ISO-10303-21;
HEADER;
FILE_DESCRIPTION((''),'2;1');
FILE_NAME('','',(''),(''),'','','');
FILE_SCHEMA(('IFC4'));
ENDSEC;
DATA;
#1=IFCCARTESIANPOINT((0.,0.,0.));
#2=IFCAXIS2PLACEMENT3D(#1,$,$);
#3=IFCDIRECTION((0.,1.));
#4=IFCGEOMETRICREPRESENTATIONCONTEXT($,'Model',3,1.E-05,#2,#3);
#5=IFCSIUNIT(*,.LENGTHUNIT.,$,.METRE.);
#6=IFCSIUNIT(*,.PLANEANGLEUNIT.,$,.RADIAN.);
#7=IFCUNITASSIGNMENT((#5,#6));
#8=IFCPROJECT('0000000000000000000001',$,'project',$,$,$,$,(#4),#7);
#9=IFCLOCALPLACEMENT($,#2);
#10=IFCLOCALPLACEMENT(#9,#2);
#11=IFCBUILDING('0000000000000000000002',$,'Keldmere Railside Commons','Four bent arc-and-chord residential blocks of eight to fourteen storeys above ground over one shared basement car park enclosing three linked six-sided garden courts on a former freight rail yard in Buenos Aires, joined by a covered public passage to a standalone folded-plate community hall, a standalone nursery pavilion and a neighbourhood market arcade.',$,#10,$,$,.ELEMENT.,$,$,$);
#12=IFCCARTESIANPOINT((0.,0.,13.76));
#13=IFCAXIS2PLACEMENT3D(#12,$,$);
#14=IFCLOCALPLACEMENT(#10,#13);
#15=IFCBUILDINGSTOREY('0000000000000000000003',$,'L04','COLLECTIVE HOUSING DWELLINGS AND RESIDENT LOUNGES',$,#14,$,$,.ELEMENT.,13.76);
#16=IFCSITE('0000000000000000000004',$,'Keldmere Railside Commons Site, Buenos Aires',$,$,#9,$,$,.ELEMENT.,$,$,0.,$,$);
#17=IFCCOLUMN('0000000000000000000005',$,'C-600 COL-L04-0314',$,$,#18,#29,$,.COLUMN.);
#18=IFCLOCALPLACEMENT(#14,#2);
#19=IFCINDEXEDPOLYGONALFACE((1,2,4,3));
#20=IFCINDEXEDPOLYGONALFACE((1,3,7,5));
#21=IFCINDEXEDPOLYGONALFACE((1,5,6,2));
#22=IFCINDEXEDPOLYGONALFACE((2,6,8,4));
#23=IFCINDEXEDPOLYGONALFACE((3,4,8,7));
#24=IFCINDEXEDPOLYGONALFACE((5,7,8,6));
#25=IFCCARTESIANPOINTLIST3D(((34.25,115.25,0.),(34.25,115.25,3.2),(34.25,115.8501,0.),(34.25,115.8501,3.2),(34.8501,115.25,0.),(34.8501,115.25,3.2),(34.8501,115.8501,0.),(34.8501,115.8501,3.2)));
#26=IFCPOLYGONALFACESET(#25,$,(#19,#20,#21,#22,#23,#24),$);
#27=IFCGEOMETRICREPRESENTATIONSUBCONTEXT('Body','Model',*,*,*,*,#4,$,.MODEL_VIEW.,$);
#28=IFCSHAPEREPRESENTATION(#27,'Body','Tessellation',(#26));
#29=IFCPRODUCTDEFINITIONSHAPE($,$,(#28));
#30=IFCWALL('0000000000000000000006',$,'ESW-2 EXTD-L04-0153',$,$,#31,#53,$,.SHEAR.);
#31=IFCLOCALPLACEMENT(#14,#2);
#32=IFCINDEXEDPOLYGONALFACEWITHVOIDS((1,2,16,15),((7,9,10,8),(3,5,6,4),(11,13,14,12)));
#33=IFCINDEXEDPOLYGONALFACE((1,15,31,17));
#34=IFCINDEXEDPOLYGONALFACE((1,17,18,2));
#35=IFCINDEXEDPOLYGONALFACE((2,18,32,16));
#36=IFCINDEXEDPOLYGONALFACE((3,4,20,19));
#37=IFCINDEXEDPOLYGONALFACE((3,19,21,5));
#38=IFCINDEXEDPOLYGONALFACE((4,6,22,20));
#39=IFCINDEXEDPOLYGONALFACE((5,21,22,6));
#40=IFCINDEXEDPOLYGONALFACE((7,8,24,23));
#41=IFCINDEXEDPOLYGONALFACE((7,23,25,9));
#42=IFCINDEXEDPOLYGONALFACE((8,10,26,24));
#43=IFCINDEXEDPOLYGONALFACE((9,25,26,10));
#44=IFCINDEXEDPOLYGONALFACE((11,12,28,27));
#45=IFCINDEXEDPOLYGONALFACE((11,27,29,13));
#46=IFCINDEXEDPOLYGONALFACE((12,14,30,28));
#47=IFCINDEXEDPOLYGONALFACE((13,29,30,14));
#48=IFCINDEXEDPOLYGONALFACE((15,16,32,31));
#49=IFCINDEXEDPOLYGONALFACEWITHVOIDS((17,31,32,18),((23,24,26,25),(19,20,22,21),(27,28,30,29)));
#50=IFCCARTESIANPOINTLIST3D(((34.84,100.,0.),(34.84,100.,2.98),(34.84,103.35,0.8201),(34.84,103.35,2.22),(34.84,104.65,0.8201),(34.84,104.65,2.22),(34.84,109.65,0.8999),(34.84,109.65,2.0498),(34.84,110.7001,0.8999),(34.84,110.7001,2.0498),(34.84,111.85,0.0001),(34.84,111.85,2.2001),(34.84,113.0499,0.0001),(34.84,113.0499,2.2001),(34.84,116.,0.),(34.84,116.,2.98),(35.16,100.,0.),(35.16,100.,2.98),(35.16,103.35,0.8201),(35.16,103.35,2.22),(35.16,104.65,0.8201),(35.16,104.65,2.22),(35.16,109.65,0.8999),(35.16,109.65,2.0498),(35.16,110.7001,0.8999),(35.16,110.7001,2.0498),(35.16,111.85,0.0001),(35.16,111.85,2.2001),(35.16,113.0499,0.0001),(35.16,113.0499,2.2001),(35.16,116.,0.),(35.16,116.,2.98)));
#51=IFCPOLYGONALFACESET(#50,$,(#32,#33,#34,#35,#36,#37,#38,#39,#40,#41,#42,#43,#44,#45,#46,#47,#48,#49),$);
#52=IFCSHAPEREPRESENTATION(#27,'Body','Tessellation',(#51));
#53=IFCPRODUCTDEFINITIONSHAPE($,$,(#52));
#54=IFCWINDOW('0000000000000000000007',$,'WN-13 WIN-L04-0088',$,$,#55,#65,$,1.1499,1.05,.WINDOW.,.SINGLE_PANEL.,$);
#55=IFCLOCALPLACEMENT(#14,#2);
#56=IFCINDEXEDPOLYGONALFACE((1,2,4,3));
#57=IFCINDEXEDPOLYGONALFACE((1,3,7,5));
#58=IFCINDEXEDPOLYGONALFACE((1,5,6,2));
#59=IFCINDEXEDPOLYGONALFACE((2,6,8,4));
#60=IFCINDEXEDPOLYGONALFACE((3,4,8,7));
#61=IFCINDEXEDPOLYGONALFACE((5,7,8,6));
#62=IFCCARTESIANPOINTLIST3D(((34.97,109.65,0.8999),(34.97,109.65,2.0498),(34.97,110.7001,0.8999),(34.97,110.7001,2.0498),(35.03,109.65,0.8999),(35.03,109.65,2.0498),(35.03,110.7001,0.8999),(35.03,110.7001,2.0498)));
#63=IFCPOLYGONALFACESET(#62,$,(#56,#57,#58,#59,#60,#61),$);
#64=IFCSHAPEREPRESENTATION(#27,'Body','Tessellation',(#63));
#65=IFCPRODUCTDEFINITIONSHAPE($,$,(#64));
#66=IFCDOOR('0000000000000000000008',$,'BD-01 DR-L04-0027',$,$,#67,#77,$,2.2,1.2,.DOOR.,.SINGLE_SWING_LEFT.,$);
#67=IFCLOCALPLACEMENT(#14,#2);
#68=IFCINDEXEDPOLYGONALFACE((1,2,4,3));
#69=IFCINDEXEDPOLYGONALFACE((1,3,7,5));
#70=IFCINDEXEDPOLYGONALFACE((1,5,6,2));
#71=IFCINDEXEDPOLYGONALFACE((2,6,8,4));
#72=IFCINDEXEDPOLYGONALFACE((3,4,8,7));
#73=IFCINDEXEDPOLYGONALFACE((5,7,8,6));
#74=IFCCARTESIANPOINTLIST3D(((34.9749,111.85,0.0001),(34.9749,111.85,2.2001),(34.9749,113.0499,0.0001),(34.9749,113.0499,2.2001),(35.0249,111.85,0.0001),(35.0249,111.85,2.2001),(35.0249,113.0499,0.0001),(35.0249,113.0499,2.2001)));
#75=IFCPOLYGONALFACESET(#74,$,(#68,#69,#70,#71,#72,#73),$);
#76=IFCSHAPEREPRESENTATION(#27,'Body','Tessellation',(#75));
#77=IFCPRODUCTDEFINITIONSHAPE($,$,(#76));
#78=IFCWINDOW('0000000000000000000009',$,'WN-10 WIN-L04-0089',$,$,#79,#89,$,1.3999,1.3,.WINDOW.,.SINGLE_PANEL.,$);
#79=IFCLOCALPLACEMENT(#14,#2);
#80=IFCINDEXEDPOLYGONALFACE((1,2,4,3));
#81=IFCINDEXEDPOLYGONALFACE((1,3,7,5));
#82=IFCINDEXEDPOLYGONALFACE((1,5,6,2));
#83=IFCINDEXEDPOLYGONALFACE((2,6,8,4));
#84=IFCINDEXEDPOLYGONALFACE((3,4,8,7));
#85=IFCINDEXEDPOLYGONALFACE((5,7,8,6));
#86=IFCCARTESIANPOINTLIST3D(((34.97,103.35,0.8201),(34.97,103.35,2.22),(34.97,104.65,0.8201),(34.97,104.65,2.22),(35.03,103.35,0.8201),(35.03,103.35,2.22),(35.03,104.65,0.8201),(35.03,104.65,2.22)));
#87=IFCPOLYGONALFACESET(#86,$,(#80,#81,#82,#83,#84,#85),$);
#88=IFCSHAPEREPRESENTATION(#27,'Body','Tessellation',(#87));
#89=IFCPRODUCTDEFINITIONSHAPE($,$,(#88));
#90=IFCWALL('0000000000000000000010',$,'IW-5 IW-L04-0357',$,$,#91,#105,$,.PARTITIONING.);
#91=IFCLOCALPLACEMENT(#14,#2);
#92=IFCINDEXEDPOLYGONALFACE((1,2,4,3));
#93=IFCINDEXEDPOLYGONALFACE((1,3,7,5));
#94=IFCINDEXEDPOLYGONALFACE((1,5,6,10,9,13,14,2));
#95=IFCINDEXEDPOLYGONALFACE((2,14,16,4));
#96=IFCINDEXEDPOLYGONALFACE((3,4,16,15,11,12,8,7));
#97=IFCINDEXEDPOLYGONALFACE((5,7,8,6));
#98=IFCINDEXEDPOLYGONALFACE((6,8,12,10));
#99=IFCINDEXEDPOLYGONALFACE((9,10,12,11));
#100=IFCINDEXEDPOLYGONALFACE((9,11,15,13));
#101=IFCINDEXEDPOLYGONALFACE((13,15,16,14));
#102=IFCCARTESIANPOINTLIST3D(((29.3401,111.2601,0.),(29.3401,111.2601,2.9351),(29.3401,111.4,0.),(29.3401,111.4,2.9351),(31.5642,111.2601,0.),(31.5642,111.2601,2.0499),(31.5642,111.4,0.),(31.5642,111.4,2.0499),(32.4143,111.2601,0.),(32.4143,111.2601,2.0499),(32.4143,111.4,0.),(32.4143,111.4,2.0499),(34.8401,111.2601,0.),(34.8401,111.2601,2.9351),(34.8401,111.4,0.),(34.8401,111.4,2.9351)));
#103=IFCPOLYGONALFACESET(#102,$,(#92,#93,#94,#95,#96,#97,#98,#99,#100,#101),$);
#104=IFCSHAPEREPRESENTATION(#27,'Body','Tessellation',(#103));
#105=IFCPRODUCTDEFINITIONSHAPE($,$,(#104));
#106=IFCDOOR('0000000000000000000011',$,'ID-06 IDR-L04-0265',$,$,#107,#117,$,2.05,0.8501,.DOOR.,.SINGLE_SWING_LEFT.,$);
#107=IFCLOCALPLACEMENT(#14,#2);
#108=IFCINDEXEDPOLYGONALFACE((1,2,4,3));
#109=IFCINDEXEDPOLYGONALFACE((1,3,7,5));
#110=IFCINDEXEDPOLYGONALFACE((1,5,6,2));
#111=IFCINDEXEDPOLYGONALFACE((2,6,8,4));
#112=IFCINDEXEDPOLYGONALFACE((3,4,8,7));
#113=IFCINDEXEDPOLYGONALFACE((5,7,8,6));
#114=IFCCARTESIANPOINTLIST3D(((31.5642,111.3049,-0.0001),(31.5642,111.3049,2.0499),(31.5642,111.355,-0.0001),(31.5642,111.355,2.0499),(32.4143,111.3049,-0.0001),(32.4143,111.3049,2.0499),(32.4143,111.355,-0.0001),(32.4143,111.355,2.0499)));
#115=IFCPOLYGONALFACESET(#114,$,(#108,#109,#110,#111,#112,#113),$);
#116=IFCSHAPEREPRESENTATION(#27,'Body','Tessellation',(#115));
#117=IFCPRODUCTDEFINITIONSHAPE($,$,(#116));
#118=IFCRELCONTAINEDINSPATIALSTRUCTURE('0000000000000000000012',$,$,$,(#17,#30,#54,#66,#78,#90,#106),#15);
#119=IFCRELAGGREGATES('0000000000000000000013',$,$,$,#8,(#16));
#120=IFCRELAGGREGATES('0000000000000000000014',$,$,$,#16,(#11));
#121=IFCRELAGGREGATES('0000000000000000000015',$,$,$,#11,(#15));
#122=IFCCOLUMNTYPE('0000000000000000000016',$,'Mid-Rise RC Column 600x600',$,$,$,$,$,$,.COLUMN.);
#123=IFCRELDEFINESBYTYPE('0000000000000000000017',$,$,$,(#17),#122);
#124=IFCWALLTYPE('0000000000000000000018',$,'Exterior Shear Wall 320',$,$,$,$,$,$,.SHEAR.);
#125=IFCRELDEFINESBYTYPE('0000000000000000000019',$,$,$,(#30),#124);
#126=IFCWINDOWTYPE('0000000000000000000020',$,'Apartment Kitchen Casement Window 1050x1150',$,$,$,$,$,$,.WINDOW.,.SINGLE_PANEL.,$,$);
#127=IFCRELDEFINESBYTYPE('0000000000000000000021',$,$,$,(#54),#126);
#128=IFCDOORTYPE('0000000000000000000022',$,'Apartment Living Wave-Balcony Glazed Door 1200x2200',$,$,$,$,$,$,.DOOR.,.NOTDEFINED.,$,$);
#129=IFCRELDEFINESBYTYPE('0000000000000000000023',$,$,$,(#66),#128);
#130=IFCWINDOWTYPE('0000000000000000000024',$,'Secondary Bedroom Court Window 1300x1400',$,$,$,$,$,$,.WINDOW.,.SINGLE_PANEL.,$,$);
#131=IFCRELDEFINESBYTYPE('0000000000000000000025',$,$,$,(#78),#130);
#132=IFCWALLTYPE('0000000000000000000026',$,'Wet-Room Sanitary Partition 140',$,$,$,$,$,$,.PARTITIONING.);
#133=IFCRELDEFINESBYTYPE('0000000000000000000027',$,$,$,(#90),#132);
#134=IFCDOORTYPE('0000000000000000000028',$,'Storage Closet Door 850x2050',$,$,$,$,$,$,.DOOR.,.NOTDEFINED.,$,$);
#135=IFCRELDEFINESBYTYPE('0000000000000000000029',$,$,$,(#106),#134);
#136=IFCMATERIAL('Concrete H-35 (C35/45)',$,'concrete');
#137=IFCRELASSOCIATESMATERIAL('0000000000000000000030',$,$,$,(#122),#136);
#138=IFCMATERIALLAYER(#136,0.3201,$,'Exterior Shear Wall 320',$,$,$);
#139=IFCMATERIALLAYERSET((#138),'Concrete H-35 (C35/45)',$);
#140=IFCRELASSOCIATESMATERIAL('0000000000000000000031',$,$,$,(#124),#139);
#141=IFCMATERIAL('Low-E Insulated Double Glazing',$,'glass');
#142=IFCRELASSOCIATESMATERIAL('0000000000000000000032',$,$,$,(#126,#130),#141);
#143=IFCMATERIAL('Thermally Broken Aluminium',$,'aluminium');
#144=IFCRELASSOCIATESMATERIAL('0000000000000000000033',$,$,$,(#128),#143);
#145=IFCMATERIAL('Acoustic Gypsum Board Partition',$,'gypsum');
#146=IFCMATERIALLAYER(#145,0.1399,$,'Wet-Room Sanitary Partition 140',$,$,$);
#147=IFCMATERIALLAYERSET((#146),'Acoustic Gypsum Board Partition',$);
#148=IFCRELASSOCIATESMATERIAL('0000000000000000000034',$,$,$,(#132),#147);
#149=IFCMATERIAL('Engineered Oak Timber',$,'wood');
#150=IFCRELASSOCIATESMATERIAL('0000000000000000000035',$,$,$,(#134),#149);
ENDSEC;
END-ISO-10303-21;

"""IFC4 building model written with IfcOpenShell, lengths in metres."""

from ifc_helpers import new_model, si_unit, direction, frame, frame_2d, origin, origin_2d, place, context, subcontext, project, spatial, rectangle, extrude, material, layer, layer_set, material_profile, profile_set, type_object, element, fill, save


model = new_model("IFC4")

# Units and contexts
model_context = context("Model", 3, precision=1e-05, world=origin(), true_north=direction((0.0, 1.0)))
body_context = subcontext(model_context, "Body", "Model", "MODEL_VIEW")
ifc_project = project(units=[si_unit("LENGTHUNIT", "METRE"), si_unit("PLANEANGLEUNIT", "RADIAN")], contexts=[model_context])

# Site, building, storey
site_placement = place(None, origin())
site = spatial("IfcSite", under=ifc_project, at=site_placement, Name="Keldmere Railside Commons Site, Buenos Aires", CompositionType="ELEMENT", RefElevation=0.0)
building_placement = place(site_placement, origin())
building = spatial("IfcBuilding", under=site, at=building_placement, Name="Keldmere Railside Commons", Description="Four bent arc-and-chord residential blocks of eight to fourteen storeys above ground over one shared basement car park enclosing three linked six-sided garden courts on a former freight rail yard in Buenos Aires, joined by a covered public passage to a standalone folded-plate community hall, a standalone nursery pavilion and a neighbourhood market arcade.", CompositionType="ELEMENT")
storey_placement = place(building_placement, frame((0.0, 0.0, 13.76)))
storey = spatial("IfcBuildingStorey", under=building, at=storey_placement, Name="L04", Description="COLLECTIVE HOUSING DWELLINGS AND RESIDENT LOUNGES", CompositionType="ELEMENT", Elevation=13.76)

# Column
ifc_material_1 = material(Name="Concrete H-35 (C35/45)", Category="concrete")
ifc_material_profile = material_profile(ifc_material_1, rectangle(XDim=0.6001, YDim=0.6001, at=origin_2d()), Name="RC-600x600")
ifc_profile_set = profile_set([ifc_material_profile], Name="Concrete H-35 (C35/45)")
column_type = type_object("IfcColumnType", Name="Mid-Rise RC Column 600x600", PredefinedType="COLUMN", material=ifc_profile_set)
column_placement = place(storey_placement, frame((34.55, 115.55, 0.0), z_axis=(0.0, 0.0, 1.0), x_axis=(1.0, 0.0, 0.0)))
element("IfcColumn", 1, at=column_placement, inside=storey, type_object=column_type, Name="C-600 COL-L04-0314", PredefinedType="COLUMN", context=body_context, shape_type="SweptSolid", body=[
    extrude(rectangle(XDim=0.6001, YDim=0.6001, at=origin_2d()), origin(), (0.0, 0.0, 1.0), 3.2),
])

# Wall, openings, windows, door
ifc_layer_1 = layer(ifc_material_1, 0.3201, Name="Exterior Shear Wall 320")
ifc_layer_set_1 = layer_set([ifc_layer_1], Name="Concrete H-35 (C35/45)")
wall_type_1 = type_object("IfcWallType", Name="Exterior Shear Wall 320", PredefinedType="SHEAR", material=ifc_layer_set_1)
wall_1_placement = place(storey_placement, frame((35.0, 116.0, 0.0), z_axis=(0.0, 0.0, 1.0), x_axis=(0.0, -1.0, 0.0)))
wall_1 = element("IfcWall", 2, at=wall_1_placement, inside=storey, type_object=wall_type_1, Name="ESW-2 EXTD-L04-0153", PredefinedType="SHEAR", context=body_context, shape_type="SweptSolid", body=[
    extrude(rectangle(XDim=16.0, YDim=0.3201, at=frame_2d((8.0, 0.0))), origin(), (0.0, 0.0, 1.0), 2.98),
])
opening_1_placement = place(wall_1_placement, frame((2.95, 0.0, 0.0)))
opening_1 = element("IfcOpeningElement", 3, at=opening_1_placement, cuts=wall_1, PredefinedType="OPENING", context=body_context, shape_type="SweptSolid", body=[
    extrude(rectangle(XDim=1.2, YDim=2.2, at=frame_2d((0.6001, 1.1001))), frame((0.0, 0.1699, 0.0), z_axis=(0.0, -1.0, 0.0), x_axis=(1.0, 0.0, 0.0)), (0.0, 0.0, 1.0), 0.3401),
])
opening_2_placement = place(wall_1_placement, frame((5.3, 0.0, 0.8999)))
opening_2 = element("IfcOpeningElement", 4, at=opening_2_placement, cuts=wall_1, PredefinedType="OPENING", context=body_context, shape_type="SweptSolid", body=[
    extrude(rectangle(XDim=1.05, YDim=1.1499, at=frame_2d((0.5249, 0.575))), frame((0.0, 0.1699, 0.0), z_axis=(0.0, -1.0, 0.0), x_axis=(1.0, 0.0, 0.0)), (0.0, 0.0, 1.0), 0.3401),
])
opening_3_placement = place(wall_1_placement, frame((11.3501, 0.0, 0.8201)))
opening_3 = element("IfcOpeningElement", 5, at=opening_3_placement, cuts=wall_1, PredefinedType="OPENING", context=body_context, shape_type="SweptSolid", body=[
    extrude(rectangle(XDim=1.3, YDim=1.3999, at=frame_2d((0.6499, 0.7))), frame((0.0, 0.1699, 0.0), z_axis=(0.0, -1.0, 0.0), x_axis=(1.0, 0.0, 0.0)), (0.0, 0.0, 1.0), 0.3401),
])
ifc_material_2 = material(Name="Low-E Insulated Double Glazing", Category="glass")
window_type_1 = type_object("IfcWindowType", Name="Apartment Kitchen Casement Window 1050x1150", PartitioningType="SINGLE_PANEL", PredefinedType="WINDOW", material=ifc_material_2)
window_1_placement = place(opening_2_placement, origin())
window_1 = element("IfcWindow", 6, at=window_1_placement, inside=storey, type_object=window_type_1, Name="WN-13 WIN-L04-0088", OverallHeight=1.1499, OverallWidth=1.05, PartitioningType="SINGLE_PANEL", PredefinedType="WINDOW", context=body_context, shape_type="SweptSolid", body=[
    extrude(rectangle(XDim=1.05, YDim=1.1499, at=frame_2d((0.5249, 0.575))), frame((0.0, 0.03, 0.0), z_axis=(0.0, -1.0, 0.0), x_axis=(1.0, 0.0, 0.0)), (0.0, 0.0, 1.0), 0.0601),
])
fill(opening_2, window_1)
ifc_material_3 = material(Name="Thermally Broken Aluminium", Category="aluminium")
door_type_1 = type_object("IfcDoorType", Name="Apartment Living Wave-Balcony Glazed Door 1200x2200", OperationType="NOTDEFINED", PredefinedType="DOOR", material=ifc_material_3)
door_1_placement = place(opening_1_placement, origin())
door_1 = element("IfcDoor", 7, at=door_1_placement, inside=storey, type_object=door_type_1, Name="BD-01 DR-L04-0027", OperationType="SINGLE_SWING_LEFT", OverallHeight=2.2, OverallWidth=1.2, PredefinedType="DOOR", context=body_context, shape_type="SweptSolid", body=[
    extrude(rectangle(XDim=1.2, YDim=2.2, at=frame_2d((0.6001, 1.1001))), frame((0.0, 0.0249, 0.0), z_axis=(0.0, -1.0, 0.0), x_axis=(1.0, 0.0, 0.0)), (0.0, 0.0, 1.0), 0.05),
])
fill(opening_1, door_1)
window_type_2 = type_object("IfcWindowType", Name="Secondary Bedroom Court Window 1300x1400", PartitioningType="SINGLE_PANEL", PredefinedType="WINDOW", material=ifc_material_2)
window_2_placement = place(opening_3_placement, origin())
window_2 = element("IfcWindow", 8, at=window_2_placement, inside=storey, type_object=window_type_2, Name="WN-10 WIN-L04-0089", OverallHeight=1.3999, OverallWidth=1.3, PartitioningType="SINGLE_PANEL", PredefinedType="WINDOW", context=body_context, shape_type="SweptSolid", body=[
    extrude(rectangle(XDim=1.3, YDim=1.3999, at=frame_2d((0.6499, 0.7))), frame((0.0, 0.03, 0.0), z_axis=(0.0, -1.0, 0.0), x_axis=(1.0, 0.0, 0.0)), (0.0, 0.0, 1.0), 0.0601),
])
fill(opening_3, window_2)

# Wall, opening, door
ifc_material_4 = material(Name="Acoustic Gypsum Board Partition", Category="gypsum")
ifc_layer_2 = layer(ifc_material_4, 0.1399, Name="Wet-Room Sanitary Partition 140")
ifc_layer_set_2 = layer_set([ifc_layer_2], Name="Acoustic Gypsum Board Partition")
wall_type_2 = type_object("IfcWallType", Name="Wet-Room Sanitary Partition 140", PredefinedType="PARTITIONING", material=ifc_layer_set_2)
wall_2_placement = place(storey_placement, frame((29.3401, 111.3301, 0.0), z_axis=(0.0, 0.0, 1.0), x_axis=(1.0, 0.0, 0.0)))
wall_2 = element("IfcWall", 9, at=wall_2_placement, inside=storey, type_object=wall_type_2, Name="IW-5 IW-L04-0357", PredefinedType="PARTITIONING", context=body_context, shape_type="SweptSolid", body=[
    extrude(rectangle(XDim=5.5, YDim=0.1399, at=frame_2d((2.75, 0.0))), origin(), (0.0, 0.0, 1.0), 2.9351),
])
opening_4_placement = place(wall_2_placement, frame((2.2241, 0.0, 0.0)))
opening_4 = element("IfcOpeningElement", 10, at=opening_4_placement, cuts=wall_2, PredefinedType="OPENING", context=body_context, shape_type="SweptSolid", body=[
    extrude(rectangle(XDim=0.8501, YDim=2.05, at=frame_2d((0.425, 1.0249))), frame((0.0, 0.0798, 0.0), z_axis=(0.0, -1.0, 0.0), x_axis=(1.0, 0.0, 0.0)), (0.0, 0.0, 1.0), 0.1599),
])
ifc_material_5 = material(Name="Engineered Oak Timber", Category="wood")
door_type_2 = type_object("IfcDoorType", Name="Storage Closet Door 850x2050", OperationType="NOTDEFINED", PredefinedType="DOOR", material=ifc_material_5)
door_2_placement = place(opening_4_placement, origin())
door_2 = element("IfcDoor", 11, at=door_2_placement, inside=storey, type_object=door_type_2, Name="ID-06 IDR-L04-0265", OperationType="SINGLE_SWING_LEFT", OverallHeight=2.05, OverallWidth=0.8501, PredefinedType="DOOR", context=body_context, shape_type="SweptSolid", body=[
    extrude(rectangle(XDim=0.8501, YDim=2.05, at=frame_2d((0.425, 1.0249))), frame((0.0, 0.0249, 0.0), z_axis=(0.0, -1.0, 0.0), x_axis=(1.0, 0.0, 0.0)), (0.0, 0.0, 1.0), 0.05),
])
fill(opening_4, door_2)

save(model, "model.ifc")
